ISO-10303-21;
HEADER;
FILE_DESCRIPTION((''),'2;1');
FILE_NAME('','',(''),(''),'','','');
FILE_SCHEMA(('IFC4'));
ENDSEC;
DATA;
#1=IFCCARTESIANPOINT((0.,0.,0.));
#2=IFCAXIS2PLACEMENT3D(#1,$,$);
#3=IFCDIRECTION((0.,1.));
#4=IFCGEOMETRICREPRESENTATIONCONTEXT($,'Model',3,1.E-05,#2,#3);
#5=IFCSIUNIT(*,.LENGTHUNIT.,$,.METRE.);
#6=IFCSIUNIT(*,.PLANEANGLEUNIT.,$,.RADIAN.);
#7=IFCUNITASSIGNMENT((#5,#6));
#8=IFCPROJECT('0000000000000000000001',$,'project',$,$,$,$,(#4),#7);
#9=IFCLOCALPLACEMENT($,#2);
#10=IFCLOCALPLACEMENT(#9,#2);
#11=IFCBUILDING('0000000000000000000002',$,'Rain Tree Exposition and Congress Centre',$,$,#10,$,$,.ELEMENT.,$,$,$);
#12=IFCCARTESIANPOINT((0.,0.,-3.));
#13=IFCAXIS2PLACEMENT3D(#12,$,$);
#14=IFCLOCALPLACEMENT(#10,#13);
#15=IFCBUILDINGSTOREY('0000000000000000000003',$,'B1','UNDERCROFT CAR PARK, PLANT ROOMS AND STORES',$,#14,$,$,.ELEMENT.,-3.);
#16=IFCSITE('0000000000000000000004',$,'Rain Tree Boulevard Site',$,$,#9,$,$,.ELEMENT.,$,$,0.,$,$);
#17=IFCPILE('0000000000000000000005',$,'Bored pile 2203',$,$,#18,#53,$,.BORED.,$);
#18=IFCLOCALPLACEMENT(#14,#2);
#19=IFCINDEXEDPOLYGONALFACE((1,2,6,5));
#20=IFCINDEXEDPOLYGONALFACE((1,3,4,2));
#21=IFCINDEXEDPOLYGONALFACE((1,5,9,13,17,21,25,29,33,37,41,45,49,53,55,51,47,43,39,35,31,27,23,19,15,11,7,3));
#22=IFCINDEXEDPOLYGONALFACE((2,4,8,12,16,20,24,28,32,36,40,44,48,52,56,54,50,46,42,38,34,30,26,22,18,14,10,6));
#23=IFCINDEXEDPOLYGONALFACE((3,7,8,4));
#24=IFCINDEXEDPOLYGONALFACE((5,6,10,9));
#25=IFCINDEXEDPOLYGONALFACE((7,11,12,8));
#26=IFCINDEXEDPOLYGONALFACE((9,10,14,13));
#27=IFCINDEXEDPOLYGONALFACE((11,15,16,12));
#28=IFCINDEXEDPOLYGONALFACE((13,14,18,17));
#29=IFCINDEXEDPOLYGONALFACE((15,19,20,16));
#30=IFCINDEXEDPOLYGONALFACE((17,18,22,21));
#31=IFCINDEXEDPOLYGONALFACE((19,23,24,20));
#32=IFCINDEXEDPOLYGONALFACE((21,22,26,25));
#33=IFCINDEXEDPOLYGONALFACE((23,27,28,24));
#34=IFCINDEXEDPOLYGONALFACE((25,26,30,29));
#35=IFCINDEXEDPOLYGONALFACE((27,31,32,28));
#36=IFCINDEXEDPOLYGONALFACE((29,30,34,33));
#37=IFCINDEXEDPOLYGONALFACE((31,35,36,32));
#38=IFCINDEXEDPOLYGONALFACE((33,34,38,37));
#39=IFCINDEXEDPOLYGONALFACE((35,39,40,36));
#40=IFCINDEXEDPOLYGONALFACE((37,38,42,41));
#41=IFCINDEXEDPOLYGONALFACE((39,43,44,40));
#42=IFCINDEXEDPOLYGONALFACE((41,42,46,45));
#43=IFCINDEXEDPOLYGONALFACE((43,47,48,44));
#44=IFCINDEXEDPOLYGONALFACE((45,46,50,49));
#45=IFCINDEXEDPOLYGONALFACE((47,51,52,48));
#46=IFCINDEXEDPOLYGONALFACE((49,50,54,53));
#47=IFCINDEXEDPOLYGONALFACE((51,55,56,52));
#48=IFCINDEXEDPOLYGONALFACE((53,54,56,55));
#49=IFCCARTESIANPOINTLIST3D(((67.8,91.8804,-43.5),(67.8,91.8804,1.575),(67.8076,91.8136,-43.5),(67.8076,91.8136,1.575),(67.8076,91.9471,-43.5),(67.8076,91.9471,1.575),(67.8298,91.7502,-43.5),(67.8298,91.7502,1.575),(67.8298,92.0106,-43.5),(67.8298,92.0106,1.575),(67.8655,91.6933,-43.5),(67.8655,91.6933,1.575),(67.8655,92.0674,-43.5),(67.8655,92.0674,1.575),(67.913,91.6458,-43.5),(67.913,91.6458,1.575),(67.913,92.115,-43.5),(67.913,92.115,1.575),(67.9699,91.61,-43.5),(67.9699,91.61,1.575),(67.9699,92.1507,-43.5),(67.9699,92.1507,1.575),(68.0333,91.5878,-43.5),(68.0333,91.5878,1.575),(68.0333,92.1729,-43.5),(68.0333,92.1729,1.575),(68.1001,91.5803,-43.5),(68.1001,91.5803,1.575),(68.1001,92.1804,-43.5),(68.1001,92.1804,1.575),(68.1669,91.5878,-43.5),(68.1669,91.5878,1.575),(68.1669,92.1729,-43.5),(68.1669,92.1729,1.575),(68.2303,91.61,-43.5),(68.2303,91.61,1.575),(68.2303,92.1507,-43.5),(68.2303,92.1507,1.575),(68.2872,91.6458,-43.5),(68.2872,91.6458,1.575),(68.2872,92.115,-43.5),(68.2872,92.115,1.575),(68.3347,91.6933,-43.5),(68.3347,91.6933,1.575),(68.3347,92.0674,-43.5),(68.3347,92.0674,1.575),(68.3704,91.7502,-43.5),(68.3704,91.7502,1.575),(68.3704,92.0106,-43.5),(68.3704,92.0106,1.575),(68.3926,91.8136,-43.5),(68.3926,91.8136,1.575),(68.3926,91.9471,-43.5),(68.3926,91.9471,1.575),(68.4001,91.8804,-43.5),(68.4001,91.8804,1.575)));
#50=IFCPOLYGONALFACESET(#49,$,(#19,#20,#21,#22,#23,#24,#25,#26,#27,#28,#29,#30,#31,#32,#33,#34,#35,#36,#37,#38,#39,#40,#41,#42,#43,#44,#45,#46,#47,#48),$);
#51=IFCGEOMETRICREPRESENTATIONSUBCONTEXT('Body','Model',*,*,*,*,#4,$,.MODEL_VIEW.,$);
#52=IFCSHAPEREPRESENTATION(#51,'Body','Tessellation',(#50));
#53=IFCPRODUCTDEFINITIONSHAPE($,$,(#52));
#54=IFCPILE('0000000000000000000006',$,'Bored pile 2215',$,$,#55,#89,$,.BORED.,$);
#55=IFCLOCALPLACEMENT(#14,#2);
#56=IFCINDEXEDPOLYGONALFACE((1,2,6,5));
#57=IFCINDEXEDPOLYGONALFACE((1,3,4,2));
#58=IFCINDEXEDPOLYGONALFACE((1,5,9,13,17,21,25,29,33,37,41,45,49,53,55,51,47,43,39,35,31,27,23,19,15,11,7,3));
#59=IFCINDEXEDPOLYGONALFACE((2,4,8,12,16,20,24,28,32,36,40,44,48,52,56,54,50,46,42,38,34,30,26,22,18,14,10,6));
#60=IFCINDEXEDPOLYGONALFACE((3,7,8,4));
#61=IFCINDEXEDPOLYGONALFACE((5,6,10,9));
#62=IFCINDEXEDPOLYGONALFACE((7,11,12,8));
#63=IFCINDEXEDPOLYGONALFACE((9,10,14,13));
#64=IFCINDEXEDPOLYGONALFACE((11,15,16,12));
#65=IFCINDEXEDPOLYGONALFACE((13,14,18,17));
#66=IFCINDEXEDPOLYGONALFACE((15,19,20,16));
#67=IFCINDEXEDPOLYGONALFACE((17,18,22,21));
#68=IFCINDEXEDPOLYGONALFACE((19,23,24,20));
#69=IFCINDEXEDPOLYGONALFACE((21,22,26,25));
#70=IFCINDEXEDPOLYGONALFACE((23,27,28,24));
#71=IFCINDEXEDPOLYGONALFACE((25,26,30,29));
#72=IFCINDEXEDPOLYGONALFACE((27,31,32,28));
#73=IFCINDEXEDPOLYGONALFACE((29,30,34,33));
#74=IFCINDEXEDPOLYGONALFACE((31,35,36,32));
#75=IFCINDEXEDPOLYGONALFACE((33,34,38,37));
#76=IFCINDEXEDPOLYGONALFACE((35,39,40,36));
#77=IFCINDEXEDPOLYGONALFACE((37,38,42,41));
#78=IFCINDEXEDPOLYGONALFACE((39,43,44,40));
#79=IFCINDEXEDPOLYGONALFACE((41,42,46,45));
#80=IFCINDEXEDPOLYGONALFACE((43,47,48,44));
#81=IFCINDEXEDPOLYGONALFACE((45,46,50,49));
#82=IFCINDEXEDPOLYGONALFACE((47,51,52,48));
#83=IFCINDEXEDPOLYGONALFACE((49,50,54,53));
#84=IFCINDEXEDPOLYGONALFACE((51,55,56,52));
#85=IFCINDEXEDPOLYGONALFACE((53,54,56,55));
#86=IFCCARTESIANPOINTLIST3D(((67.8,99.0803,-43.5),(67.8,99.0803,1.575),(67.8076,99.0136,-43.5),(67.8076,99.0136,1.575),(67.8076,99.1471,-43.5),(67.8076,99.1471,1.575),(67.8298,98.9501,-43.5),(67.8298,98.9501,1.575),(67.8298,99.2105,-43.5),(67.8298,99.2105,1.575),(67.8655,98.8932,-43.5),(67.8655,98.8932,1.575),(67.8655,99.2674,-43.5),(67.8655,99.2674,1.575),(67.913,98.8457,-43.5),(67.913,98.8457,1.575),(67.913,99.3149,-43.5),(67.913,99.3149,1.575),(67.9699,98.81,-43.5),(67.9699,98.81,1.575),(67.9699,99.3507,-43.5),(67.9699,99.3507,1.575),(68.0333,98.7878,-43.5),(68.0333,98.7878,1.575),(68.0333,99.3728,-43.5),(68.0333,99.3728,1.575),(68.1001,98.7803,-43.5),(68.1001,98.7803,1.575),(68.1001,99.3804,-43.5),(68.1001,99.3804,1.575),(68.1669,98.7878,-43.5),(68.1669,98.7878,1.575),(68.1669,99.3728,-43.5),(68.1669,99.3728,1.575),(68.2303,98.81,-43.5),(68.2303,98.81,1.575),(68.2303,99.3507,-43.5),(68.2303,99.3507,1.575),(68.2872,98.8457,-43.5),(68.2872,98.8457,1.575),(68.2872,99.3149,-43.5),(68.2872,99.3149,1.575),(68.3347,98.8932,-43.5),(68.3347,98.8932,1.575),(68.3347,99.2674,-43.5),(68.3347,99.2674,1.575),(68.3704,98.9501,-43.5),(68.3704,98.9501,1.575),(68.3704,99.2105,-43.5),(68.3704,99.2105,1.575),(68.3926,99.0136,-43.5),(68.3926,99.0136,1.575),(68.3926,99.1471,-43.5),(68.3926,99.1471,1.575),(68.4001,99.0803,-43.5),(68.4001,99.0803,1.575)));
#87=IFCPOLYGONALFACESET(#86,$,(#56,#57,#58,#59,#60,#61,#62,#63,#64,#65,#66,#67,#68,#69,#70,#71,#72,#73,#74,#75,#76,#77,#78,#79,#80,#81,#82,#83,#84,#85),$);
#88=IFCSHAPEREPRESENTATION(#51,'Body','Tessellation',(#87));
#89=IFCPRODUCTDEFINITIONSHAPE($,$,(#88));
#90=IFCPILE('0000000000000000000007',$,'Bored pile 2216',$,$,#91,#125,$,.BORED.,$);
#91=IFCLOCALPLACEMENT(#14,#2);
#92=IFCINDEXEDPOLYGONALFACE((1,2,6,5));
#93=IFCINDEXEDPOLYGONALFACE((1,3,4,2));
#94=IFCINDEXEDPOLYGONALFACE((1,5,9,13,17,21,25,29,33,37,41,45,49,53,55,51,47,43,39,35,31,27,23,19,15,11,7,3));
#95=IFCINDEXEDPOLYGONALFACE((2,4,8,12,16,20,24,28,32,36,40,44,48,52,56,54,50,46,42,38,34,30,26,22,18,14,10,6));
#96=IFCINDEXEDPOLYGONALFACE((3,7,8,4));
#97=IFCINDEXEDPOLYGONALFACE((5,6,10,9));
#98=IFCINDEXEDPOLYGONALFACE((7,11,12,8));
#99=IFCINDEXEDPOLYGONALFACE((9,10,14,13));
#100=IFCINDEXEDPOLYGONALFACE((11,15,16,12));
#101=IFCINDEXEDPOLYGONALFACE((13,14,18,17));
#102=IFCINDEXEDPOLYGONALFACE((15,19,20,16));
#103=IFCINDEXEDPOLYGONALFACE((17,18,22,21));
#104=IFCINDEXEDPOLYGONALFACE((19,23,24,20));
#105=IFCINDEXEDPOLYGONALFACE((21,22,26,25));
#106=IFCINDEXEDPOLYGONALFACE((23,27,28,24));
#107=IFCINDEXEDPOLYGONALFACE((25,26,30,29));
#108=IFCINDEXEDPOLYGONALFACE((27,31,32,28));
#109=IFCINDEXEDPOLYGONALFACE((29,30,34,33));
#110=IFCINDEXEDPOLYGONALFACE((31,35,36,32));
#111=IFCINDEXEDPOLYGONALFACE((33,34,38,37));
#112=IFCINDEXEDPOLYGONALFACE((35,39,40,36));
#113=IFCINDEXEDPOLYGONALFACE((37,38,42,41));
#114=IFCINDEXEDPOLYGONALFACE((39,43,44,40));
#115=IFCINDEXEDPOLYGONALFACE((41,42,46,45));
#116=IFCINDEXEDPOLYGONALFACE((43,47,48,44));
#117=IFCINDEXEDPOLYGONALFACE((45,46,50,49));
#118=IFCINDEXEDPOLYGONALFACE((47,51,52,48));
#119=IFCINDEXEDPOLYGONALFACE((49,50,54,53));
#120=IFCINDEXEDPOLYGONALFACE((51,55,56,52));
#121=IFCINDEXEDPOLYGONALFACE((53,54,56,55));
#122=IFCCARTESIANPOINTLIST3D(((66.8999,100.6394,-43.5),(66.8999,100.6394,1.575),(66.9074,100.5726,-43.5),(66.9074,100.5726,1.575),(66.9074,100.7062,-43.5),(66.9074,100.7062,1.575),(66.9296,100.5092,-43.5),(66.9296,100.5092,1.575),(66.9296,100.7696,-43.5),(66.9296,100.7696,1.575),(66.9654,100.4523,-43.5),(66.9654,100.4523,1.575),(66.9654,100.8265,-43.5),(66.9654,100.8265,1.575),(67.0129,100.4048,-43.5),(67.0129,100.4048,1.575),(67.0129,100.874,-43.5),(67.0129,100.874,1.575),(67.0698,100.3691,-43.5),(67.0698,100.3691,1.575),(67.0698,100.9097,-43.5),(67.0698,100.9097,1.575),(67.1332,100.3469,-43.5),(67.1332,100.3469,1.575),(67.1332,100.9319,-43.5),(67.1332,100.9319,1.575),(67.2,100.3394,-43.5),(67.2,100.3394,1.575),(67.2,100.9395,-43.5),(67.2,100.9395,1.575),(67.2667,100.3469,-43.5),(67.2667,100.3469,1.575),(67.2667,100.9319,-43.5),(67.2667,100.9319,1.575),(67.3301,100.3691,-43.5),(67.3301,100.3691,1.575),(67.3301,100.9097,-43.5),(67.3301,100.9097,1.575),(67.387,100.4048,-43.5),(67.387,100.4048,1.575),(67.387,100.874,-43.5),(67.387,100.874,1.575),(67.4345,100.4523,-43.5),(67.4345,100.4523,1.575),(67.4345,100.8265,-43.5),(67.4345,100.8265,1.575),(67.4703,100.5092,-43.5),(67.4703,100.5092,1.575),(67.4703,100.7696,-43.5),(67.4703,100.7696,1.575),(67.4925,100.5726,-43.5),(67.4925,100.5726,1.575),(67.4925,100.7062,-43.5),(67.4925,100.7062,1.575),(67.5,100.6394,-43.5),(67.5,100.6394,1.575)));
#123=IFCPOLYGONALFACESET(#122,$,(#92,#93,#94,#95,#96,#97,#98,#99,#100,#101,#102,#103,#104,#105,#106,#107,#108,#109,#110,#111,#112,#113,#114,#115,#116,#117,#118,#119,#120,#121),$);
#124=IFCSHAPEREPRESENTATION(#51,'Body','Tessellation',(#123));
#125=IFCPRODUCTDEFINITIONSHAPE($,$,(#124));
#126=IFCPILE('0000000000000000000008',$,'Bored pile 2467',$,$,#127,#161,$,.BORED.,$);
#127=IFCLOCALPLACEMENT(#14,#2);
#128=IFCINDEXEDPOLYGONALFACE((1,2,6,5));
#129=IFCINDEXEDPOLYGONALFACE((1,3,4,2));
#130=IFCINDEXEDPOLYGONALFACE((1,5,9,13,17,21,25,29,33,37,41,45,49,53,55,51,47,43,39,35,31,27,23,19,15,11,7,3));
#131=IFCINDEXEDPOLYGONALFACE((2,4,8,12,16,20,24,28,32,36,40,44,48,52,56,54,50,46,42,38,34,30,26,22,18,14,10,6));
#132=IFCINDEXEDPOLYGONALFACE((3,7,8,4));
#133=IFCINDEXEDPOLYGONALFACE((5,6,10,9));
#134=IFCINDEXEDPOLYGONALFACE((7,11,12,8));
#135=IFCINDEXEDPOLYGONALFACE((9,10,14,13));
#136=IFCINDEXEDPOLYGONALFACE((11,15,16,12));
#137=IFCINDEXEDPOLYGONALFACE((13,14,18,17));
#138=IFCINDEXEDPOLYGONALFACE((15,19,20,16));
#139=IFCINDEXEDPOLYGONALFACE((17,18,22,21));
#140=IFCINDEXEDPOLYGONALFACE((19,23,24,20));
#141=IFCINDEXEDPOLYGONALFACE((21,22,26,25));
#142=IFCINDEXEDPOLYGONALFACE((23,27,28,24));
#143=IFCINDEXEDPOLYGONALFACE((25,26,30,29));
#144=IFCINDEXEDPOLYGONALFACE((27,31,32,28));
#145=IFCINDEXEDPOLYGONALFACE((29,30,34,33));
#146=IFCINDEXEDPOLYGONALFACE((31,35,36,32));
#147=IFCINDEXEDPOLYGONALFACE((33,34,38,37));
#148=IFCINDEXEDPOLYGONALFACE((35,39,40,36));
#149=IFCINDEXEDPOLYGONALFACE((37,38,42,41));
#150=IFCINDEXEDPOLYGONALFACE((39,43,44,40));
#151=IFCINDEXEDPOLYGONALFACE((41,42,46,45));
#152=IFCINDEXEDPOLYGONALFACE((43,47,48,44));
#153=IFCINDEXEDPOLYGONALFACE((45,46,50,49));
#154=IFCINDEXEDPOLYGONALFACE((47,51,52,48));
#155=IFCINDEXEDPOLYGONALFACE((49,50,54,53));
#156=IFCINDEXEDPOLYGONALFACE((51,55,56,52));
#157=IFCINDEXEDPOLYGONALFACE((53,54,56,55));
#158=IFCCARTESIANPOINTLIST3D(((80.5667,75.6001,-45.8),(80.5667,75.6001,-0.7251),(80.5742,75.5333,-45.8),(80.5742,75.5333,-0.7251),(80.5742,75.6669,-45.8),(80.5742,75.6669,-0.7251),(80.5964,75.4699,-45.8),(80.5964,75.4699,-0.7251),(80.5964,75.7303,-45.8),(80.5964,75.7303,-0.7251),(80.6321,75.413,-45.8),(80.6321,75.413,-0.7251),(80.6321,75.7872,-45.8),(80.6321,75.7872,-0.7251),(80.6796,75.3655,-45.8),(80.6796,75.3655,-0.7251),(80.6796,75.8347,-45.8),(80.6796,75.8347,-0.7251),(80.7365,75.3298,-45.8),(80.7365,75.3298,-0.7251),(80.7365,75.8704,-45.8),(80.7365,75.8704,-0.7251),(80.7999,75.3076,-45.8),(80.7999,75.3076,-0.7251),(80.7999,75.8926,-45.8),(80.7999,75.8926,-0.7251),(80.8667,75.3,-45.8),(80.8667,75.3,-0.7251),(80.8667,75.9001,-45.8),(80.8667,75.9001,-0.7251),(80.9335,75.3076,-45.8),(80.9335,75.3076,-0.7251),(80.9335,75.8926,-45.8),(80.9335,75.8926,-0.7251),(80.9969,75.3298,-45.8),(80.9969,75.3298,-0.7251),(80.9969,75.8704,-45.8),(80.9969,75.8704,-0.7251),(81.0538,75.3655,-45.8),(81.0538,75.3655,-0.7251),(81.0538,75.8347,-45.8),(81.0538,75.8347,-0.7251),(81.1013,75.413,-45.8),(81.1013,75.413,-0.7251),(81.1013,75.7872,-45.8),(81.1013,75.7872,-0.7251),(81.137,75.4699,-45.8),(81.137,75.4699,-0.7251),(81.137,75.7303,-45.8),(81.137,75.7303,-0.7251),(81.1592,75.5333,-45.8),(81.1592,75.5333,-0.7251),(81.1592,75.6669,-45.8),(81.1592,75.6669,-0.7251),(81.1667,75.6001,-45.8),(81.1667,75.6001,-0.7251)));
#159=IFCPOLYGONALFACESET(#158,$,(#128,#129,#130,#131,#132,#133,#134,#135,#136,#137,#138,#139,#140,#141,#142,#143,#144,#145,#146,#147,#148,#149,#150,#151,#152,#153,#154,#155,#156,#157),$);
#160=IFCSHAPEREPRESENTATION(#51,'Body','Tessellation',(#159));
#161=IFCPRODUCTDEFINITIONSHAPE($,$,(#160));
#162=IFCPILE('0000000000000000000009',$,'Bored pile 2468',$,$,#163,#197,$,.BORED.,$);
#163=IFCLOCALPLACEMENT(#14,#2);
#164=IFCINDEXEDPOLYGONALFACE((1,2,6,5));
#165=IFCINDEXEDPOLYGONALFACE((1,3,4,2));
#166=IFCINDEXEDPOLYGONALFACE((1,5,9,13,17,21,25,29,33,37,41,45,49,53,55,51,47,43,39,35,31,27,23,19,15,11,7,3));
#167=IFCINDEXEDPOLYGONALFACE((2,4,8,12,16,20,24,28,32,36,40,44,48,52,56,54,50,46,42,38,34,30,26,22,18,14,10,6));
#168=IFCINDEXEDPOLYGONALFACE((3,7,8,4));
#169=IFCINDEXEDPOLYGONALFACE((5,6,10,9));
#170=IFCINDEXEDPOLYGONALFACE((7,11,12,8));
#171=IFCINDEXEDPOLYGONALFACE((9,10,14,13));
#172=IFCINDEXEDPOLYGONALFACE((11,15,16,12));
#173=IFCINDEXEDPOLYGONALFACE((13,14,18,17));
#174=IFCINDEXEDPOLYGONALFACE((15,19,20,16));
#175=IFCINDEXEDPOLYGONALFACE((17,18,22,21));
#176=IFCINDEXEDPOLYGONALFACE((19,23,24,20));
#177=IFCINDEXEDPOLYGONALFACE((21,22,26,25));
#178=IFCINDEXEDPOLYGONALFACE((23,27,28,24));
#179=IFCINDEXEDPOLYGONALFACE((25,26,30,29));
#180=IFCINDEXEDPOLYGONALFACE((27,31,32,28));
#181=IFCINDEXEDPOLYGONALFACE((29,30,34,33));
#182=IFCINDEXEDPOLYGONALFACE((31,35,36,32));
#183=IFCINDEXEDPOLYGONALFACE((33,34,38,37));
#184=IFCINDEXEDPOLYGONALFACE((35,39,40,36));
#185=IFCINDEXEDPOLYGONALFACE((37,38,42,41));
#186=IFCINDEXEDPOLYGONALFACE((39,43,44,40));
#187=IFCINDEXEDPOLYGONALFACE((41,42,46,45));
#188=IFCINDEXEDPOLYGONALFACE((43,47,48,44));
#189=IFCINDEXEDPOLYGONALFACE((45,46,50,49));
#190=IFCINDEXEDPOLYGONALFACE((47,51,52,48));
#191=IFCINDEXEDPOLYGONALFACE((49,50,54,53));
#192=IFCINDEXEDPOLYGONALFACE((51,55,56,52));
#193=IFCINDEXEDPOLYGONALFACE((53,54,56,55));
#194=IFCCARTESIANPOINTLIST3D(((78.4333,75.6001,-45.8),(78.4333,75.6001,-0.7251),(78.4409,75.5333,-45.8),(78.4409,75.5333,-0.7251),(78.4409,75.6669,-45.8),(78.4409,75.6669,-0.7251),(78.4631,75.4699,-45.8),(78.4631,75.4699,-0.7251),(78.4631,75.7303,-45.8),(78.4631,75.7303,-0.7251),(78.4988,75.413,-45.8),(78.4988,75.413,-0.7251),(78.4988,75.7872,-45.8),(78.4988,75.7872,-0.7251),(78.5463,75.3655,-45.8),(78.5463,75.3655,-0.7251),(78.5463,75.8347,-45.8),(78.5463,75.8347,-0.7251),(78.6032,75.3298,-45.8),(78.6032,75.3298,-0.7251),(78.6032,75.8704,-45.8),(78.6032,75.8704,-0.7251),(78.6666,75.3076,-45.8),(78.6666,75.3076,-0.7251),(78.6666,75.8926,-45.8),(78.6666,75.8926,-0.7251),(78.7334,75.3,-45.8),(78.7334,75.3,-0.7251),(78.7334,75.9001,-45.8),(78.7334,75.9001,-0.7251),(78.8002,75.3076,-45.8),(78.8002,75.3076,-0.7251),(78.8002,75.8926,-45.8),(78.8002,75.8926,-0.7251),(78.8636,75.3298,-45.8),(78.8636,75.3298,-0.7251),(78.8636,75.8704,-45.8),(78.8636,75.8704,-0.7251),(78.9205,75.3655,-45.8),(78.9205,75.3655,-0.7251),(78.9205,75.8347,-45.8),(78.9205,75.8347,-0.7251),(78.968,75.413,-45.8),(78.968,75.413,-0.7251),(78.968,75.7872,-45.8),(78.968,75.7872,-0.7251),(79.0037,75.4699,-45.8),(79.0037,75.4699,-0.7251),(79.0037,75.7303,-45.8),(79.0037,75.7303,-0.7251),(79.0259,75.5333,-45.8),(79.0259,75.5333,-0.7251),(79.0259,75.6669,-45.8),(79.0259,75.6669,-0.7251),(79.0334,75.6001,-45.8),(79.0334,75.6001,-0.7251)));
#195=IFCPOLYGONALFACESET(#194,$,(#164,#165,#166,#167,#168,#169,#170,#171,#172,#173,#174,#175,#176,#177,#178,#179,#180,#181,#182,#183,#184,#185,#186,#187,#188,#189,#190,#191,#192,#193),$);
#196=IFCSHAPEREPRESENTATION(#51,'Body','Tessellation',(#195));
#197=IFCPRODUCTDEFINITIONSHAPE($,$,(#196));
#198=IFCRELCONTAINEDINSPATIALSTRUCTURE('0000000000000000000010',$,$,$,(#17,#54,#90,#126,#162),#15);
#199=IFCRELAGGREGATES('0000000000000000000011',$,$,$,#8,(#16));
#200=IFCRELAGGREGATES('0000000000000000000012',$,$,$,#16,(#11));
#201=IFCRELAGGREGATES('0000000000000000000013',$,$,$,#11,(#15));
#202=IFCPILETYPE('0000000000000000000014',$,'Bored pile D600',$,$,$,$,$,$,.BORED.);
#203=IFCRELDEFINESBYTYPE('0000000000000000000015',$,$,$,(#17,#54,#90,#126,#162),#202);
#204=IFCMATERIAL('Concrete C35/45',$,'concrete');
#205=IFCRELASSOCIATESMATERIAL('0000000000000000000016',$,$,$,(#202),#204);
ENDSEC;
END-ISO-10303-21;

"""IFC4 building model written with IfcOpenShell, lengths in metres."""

from ifc_helpers import new_model, si_unit, direction, frame, origin, origin_2d, place, context, subcontext, project, spatial, circle, extrude, material, material_profile, profile_set, type_object, element, save


model = new_model("IFC4")

# Units and contexts
model_context = context("Model", 3, precision=1e-05, world=origin(), true_north=direction((0.0, 1.0)))
body_context = subcontext(model_context, "Body", "Model", "MODEL_VIEW")
ifc_project = project(units=[si_unit("LENGTHUNIT", "METRE"), si_unit("PLANEANGLEUNIT", "RADIAN")], contexts=[model_context])

# Site, building, storey
site_placement = place(None, origin())
site = spatial("IfcSite", under=ifc_project, at=site_placement, Name="Rain Tree Boulevard Site", CompositionType="ELEMENT", RefElevation=0.0)
building_placement = place(site_placement, origin())
building = spatial("IfcBuilding", under=site, at=building_placement, Name="Rain Tree Exposition and Congress Centre", CompositionType="ELEMENT")
storey_placement = place(building_placement, frame((0.0, 0.0, -3.0)))
storey = spatial("IfcBuildingStorey", under=building, at=storey_placement, Name="B1", Description="UNDERCROFT CAR PARK, PLANT ROOMS AND STORES", CompositionType="ELEMENT", Elevation=-3.0)

# Piles
ifc_material_1 = material(Name="Concrete C35/45", Category="concrete")
ifc_material_profile_1 = material_profile(ifc_material_1, circle(Radius=0.3, at=origin_2d()), Name="D600")
ifc_profile_set_1 = profile_set([ifc_material_profile_1], Name="Concrete C35/45")
pile_type_1 = type_object("IfcPileType", Name="Bored pile D600", PredefinedType="BORED", material=ifc_profile_set_1)
for number, where, z_axis, x_axis, name in (
    (1, (68.1001, 91.8804, 1.575), (0.0, 0.0, -1.0), (1.0, 0.0, 0.0), "Bored pile 2203"),
    (2, (68.1001, 99.0803, 1.575), (0.0, 0.0, -1.0), (1.0, 0.0, 0.0), "Bored pile 2215"),
    (3, (67.2, 100.6394, 1.575), (0.0, 0.0, -1.0), (1.0, 0.0, 0.0), "Bored pile 2216"),
    (4, (80.8667, 75.6001, -0.7251), (0.0, 0.0, -1.0), (1.0, 0.0, 0.0), "Bored pile 2467"),
    (5, (78.7334, 75.6001, -0.7251), (0.0, 0.0, -1.0), (1.0, 0.0, 0.0), "Bored pile 2468"),
):
    element("IfcPile", number, at=place(storey_placement, frame(where, z_axis=z_axis, x_axis=x_axis)), inside=storey, type_object=pile_type_1, Name=name, PredefinedType="BORED", context=body_context, shape_type="SweptSolid", body=[
        extrude(circle(Radius=0.3, at=origin_2d()), origin(), (0.0, 0.0, 1.0), 45.075),
    ])

save(model, "model.ifc")
